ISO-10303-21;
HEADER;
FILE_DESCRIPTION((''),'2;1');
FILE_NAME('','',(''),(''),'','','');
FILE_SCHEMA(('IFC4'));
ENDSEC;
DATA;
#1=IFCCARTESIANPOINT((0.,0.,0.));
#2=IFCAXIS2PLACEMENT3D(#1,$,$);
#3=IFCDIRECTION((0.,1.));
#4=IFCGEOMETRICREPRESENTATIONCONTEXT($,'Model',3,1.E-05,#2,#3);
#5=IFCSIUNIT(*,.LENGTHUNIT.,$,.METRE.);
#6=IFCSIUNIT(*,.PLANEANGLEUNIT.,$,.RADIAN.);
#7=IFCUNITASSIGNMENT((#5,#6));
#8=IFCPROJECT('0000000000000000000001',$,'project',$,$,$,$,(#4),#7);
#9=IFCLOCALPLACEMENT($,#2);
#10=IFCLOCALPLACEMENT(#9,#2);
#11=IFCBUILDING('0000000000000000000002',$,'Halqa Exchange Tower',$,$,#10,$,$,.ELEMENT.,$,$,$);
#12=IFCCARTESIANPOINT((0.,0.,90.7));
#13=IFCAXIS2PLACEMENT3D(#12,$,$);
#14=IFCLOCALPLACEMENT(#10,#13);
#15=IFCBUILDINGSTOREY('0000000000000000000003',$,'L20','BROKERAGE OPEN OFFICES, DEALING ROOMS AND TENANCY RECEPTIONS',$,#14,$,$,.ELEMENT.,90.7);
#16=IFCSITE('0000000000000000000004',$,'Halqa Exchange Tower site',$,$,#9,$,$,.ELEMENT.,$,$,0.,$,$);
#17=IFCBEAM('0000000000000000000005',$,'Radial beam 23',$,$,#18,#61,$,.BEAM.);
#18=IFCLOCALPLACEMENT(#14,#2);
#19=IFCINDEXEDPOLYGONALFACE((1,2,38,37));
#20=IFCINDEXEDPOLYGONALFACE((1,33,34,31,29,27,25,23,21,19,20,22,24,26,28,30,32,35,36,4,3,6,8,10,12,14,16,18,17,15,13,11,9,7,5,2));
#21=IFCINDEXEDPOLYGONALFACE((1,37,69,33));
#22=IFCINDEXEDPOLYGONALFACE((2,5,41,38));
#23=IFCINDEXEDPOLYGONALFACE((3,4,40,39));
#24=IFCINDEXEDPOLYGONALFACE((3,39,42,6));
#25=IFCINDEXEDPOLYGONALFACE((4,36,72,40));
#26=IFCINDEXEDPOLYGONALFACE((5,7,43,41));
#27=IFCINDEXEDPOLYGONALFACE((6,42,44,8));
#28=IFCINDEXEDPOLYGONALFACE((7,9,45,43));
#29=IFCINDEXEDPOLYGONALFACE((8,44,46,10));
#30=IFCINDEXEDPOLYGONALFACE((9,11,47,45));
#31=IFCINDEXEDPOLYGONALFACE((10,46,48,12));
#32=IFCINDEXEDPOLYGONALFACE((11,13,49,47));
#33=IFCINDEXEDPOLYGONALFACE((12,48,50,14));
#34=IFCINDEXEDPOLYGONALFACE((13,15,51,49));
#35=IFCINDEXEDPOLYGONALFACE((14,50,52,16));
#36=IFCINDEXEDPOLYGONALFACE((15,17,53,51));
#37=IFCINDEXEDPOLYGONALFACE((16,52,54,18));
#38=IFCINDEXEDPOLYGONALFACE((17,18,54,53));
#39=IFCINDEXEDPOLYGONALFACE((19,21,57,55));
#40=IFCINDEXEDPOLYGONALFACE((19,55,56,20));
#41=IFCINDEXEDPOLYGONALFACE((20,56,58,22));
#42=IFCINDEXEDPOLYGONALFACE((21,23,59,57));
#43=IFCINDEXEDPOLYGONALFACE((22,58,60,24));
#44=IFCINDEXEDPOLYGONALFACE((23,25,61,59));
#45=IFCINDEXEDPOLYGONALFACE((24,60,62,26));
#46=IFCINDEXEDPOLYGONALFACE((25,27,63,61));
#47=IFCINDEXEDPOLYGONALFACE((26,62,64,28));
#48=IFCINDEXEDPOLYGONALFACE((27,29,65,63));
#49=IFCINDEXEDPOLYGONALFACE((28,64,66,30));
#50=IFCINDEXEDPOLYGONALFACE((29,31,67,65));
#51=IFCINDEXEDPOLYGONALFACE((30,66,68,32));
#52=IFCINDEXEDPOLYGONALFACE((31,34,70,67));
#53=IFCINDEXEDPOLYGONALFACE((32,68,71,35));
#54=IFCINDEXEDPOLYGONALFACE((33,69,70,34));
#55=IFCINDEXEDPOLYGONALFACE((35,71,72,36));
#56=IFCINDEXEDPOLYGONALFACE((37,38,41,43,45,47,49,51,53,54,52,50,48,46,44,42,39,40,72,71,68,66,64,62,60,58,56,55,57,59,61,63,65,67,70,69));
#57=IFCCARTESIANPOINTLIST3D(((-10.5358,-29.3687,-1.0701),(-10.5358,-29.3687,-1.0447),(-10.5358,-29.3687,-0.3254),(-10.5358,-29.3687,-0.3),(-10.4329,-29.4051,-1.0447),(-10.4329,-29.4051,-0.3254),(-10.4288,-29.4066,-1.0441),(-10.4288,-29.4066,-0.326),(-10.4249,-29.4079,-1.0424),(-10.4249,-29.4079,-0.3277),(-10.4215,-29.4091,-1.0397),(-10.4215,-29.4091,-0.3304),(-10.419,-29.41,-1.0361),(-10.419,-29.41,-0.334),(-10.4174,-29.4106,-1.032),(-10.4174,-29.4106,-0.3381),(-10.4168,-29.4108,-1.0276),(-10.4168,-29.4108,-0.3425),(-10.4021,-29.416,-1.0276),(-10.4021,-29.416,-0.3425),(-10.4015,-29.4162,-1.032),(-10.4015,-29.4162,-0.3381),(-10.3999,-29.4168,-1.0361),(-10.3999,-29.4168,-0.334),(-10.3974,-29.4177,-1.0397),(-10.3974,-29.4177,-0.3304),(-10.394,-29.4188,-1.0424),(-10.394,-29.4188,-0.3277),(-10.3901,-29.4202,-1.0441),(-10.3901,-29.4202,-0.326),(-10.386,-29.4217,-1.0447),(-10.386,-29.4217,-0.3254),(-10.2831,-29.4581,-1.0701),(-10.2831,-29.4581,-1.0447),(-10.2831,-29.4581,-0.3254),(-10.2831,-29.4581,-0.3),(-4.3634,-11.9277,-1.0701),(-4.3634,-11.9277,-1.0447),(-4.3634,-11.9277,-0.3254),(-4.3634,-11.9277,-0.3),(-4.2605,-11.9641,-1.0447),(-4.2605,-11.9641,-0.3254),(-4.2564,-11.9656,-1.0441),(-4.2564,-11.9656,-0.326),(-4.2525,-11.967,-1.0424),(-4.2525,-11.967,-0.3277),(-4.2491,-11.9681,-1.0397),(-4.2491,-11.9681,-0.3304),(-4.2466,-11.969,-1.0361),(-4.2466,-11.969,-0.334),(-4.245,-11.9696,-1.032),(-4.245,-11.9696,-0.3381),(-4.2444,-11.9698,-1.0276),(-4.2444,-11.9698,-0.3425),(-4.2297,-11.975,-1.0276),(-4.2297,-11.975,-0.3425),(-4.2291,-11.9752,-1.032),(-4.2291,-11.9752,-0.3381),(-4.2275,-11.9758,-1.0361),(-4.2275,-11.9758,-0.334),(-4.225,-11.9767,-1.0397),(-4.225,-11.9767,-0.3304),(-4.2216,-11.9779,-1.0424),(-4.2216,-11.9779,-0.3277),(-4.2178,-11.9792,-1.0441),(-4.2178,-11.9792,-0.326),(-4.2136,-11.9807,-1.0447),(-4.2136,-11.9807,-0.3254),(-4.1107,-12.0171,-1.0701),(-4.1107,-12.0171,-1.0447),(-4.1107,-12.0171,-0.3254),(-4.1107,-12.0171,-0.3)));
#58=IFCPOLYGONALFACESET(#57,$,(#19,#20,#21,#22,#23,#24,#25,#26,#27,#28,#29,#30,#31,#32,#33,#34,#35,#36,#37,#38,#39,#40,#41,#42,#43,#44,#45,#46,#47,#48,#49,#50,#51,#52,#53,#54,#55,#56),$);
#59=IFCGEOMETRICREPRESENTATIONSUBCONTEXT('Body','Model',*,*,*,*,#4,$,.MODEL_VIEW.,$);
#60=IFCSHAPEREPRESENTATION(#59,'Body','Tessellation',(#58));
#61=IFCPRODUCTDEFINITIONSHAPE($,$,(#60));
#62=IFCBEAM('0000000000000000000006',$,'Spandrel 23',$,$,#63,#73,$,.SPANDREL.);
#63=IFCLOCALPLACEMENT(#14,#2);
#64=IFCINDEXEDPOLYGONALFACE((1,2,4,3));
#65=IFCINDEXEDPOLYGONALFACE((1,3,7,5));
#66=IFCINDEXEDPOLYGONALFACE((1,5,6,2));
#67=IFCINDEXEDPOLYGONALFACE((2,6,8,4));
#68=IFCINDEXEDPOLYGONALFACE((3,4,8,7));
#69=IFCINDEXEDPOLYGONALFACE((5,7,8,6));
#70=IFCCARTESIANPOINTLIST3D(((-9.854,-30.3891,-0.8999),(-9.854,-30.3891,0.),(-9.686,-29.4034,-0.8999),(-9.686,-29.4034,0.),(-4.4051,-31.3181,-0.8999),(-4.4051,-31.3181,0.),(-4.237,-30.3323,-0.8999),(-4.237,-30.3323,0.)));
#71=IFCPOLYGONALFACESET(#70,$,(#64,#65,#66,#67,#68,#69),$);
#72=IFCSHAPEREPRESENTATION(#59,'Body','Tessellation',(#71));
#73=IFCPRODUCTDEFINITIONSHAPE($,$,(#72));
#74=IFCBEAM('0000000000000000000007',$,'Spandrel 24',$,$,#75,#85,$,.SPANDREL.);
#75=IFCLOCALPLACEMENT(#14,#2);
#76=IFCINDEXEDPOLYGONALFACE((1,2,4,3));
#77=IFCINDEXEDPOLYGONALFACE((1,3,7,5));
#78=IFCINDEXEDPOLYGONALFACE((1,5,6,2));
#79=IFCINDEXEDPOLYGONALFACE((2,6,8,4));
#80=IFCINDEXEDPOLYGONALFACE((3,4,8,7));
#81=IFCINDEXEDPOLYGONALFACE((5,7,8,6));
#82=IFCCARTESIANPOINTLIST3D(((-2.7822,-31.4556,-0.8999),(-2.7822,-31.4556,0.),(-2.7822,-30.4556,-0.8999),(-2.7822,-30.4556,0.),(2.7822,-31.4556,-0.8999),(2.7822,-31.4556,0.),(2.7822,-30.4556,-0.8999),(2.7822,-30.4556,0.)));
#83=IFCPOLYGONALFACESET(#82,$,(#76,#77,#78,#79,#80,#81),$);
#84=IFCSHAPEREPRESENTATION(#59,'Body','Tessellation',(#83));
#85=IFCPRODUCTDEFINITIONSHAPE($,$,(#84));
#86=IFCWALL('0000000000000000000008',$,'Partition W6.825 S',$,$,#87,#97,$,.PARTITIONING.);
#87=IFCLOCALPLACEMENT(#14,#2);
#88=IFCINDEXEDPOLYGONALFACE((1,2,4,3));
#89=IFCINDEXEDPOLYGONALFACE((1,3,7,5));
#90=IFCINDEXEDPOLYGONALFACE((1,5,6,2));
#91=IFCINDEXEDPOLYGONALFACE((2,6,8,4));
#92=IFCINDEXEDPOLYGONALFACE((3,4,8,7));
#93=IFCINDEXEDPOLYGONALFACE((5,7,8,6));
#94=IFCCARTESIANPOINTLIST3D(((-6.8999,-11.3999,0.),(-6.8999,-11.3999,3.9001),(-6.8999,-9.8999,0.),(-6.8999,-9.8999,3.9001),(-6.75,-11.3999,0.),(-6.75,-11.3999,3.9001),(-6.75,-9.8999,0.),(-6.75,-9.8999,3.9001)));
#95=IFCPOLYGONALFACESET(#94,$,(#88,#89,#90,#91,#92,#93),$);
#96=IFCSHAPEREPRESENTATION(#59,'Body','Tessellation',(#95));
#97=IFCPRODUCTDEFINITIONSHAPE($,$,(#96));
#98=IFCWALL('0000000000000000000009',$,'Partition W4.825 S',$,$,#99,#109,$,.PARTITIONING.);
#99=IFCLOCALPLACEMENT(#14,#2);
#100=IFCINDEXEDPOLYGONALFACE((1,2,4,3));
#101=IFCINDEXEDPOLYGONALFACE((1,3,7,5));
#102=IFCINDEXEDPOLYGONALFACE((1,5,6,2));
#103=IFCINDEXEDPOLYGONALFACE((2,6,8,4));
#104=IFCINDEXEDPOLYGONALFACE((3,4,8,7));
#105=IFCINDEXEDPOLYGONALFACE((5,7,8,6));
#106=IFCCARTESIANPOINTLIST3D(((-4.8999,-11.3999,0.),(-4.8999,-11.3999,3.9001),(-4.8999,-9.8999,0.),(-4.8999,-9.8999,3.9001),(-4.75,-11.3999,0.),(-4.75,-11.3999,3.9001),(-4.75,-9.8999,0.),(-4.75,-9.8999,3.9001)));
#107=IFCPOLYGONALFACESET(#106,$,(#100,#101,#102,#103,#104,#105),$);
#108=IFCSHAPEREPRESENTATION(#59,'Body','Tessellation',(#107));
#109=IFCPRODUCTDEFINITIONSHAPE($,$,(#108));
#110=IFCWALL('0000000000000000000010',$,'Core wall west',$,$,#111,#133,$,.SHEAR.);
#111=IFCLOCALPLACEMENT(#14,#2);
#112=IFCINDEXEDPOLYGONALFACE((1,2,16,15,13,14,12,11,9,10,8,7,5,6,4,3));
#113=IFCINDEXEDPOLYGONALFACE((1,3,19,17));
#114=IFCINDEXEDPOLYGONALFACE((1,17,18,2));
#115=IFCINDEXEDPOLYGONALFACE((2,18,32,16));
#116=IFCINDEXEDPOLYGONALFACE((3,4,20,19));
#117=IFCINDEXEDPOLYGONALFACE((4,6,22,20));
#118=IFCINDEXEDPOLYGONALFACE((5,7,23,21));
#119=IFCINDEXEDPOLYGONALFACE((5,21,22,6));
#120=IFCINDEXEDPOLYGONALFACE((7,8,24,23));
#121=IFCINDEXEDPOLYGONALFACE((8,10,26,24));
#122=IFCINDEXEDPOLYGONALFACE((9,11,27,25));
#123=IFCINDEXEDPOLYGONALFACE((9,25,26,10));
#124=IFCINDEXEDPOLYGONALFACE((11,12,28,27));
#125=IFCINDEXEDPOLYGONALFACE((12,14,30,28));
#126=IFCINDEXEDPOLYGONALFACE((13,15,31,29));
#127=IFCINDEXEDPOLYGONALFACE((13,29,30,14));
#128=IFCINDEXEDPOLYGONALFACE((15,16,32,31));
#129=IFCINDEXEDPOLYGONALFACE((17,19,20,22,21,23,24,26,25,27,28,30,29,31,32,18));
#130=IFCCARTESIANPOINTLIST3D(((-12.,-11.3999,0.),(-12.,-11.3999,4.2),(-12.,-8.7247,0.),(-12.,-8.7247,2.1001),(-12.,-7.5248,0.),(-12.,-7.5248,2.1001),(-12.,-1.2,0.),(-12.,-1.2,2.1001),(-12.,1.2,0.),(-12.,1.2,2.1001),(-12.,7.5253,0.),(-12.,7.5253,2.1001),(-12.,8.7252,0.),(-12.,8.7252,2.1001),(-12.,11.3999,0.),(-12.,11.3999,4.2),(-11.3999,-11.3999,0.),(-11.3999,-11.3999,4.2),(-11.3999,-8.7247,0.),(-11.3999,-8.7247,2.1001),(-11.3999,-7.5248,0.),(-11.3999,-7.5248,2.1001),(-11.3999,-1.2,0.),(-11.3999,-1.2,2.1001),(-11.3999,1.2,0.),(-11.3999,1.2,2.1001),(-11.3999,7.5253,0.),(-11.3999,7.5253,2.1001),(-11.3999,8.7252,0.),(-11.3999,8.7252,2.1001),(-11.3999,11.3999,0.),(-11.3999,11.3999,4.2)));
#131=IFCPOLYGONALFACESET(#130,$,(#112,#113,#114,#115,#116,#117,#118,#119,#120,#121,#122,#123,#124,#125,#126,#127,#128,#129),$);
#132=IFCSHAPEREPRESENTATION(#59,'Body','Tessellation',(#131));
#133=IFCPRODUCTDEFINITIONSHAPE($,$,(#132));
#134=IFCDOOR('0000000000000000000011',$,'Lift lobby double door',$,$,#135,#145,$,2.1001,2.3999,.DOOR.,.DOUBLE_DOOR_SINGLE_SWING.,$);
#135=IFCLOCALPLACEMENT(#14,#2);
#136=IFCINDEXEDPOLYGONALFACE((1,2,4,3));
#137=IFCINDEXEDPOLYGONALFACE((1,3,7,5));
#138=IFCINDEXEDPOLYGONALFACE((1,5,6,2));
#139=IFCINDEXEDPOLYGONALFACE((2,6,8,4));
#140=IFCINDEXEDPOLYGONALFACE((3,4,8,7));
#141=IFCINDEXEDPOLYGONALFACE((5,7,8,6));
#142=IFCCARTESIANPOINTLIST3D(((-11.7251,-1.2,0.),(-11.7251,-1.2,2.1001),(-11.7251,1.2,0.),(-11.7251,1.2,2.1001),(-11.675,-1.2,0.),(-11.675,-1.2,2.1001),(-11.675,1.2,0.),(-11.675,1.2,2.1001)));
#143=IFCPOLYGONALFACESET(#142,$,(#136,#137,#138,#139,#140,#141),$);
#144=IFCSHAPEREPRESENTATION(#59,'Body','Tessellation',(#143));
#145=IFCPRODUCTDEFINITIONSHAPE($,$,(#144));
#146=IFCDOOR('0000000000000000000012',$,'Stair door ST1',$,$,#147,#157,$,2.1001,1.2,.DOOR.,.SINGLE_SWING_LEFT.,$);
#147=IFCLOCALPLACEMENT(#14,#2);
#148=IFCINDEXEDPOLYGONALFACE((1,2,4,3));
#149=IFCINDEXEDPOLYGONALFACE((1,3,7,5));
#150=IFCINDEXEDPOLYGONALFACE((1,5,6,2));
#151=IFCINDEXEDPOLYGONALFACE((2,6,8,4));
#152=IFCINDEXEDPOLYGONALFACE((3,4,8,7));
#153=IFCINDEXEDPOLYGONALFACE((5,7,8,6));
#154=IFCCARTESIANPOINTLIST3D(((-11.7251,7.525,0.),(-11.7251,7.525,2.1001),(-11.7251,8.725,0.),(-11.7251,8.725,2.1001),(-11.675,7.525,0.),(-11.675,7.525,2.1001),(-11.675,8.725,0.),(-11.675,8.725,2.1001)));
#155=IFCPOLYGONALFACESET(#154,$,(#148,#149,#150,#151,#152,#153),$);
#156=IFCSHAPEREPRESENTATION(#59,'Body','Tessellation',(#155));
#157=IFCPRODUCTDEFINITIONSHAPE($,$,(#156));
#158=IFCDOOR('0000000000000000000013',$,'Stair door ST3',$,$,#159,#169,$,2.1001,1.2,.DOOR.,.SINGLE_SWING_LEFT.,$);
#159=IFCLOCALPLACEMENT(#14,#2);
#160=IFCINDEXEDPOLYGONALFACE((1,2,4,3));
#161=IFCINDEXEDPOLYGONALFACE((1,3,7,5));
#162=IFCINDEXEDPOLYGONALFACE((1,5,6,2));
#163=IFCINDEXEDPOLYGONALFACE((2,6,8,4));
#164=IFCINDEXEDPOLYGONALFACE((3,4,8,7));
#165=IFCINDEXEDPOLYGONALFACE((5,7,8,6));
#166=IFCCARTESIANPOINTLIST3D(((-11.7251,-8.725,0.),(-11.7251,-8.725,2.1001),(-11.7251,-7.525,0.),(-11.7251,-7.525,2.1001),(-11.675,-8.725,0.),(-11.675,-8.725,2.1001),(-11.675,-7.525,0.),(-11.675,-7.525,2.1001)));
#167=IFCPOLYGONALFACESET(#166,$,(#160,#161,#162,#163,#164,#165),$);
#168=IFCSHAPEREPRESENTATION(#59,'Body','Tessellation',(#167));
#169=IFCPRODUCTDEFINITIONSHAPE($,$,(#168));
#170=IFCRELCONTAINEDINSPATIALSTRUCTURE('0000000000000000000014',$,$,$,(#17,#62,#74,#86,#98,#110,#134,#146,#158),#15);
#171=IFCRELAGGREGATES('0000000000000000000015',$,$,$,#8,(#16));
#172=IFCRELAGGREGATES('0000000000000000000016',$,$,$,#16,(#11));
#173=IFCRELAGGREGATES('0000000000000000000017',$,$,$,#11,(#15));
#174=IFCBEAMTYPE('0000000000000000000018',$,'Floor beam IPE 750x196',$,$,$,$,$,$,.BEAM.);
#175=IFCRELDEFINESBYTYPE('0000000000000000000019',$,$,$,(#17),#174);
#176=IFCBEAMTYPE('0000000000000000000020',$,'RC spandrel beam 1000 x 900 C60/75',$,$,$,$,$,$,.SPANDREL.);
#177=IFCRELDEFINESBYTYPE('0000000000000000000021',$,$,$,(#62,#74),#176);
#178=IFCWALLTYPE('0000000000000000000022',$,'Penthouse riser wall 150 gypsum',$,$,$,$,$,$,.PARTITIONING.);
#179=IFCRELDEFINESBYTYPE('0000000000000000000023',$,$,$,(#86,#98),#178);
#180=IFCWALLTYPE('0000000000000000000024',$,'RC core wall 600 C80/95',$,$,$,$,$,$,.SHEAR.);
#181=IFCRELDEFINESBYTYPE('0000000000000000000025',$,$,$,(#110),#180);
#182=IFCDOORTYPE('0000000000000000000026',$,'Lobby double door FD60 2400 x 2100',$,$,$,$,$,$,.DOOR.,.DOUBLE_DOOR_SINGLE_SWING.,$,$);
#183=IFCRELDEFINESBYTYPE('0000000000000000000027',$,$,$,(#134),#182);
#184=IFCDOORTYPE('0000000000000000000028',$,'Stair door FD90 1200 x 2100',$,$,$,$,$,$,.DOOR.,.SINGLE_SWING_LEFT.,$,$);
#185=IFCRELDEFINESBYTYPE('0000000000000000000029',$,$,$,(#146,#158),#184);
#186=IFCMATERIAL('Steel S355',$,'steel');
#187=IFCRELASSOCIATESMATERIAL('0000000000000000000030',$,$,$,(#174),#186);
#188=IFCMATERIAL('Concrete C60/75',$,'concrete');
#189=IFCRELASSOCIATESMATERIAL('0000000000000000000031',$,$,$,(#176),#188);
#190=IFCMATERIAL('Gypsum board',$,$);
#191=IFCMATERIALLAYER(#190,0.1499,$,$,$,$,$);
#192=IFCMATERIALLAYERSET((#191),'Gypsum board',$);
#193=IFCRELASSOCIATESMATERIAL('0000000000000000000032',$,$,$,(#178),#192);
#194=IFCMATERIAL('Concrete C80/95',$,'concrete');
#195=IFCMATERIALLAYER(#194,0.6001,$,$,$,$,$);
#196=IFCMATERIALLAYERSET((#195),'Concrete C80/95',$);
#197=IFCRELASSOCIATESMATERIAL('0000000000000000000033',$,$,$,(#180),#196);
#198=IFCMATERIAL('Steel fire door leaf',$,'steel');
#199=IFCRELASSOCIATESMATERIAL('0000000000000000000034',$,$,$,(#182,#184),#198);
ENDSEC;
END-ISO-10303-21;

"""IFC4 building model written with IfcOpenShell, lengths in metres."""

from ifc_helpers import new_model, si_unit, direction, frame, frame_2d, origin, origin_2d, place, context, subcontext, project, spatial, rectangle, i_section, extrude, material, layer, layer_set, material_profile, profile_set, type_object, element, fill, save


model = new_model("IFC4")

# Units and contexts
model_context = context("Model", 3, precision=1e-05, world=origin(), true_north=direction((0.0, 1.0)))
body_context = subcontext(model_context, "Body", "Model", "MODEL_VIEW")
ifc_project = project(units=[si_unit("LENGTHUNIT", "METRE"), si_unit("PLANEANGLEUNIT", "RADIAN")], contexts=[model_context])

# Site, building, storey
site_placement = place(None, origin())
site = spatial("IfcSite", under=ifc_project, at=site_placement, Name="Halqa Exchange Tower site", CompositionType="ELEMENT", RefElevation=0.0)
building_placement = place(site_placement, origin())
building = spatial("IfcBuilding", under=site, at=building_placement, Name="Halqa Exchange Tower", CompositionType="ELEMENT")
storey_placement = place(building_placement, frame((0.0, 0.0, 90.7)))
storey = spatial("IfcBuildingStorey", under=building, at=storey_placement, Name="L20", Description="BROKERAGE OPEN OFFICES, DEALING ROOMS AND TENANCY RECEPTIONS", CompositionType="ELEMENT", Elevation=90.7)

# Beams
ifc_material_1 = material(Name="Steel S355", Category="steel")
ifc_material_profile_1 = material_profile(ifc_material_1, i_section(OverallWidth=0.2681, OverallDepth=0.77, WebThickness=0.0156, FlangeThickness=0.0254, FilletRadius=0.0171, at=origin_2d()), Name="IPE 750x196")
ifc_profile_set_1 = profile_set([ifc_material_profile_1], Name="Steel S355")
beam_type_1 = type_object("IfcBeamType", Name="Floor beam IPE 750x196", PredefinedType="BEAM", material=ifc_profile_set_1)
beam_1_placement = place(storey_placement, frame((-4.2371, -11.9724, -0.6851), z_axis=(-0.333625, -0.942706, 0.0), x_axis=(0.942706, -0.333625, 0.0)))
element("IfcBeam", 1, at=beam_1_placement, inside=storey, type_object=beam_type_1, Name="Radial beam 23", PredefinedType="BEAM", context=body_context, shape_type="SweptSolid", body=[
    extrude(i_section(OverallWidth=0.2681, OverallDepth=0.77, WebThickness=0.0156, FlangeThickness=0.0254, FilletRadius=0.0171, at=origin_2d()), origin(), (0.0, 0.0, 1.0), 18.501),
])
ifc_material_2 = material(Name="Concrete C60/75", Category="concrete")
ifc_material_profile_2 = material_profile(ifc_material_2, rectangle(XDim=1.0, YDim=0.8999, at=origin_2d()), Name="1000 x 900")
ifc_profile_set_2 = profile_set([ifc_material_profile_2], Name="Concrete C60/75")
beam_type_2 = type_object("IfcBeamType", Name="RC spandrel beam 1000 x 900 C60/75", PredefinedType="SPANDREL", material=ifc_profile_set_2)
beam_2_placement = place(storey_placement, frame((-9.77, -29.8962, -0.45), z_axis=(0.985777, -0.168058, 0.0), x_axis=(0.168058, 0.985777, 0.0)))
element("IfcBeam", 2, at=beam_2_placement, inside=storey, type_object=beam_type_2, Name="Spandrel 23", PredefinedType="SPANDREL", context=body_context, shape_type="SweptSolid", body=[
    extrude(rectangle(XDim=1.0, YDim=0.8999, at=origin_2d()), origin(), (0.0, 0.0, 1.0), 5.5276),
])
beam_3_placement = place(storey_placement, frame((-2.7822, -30.9556, -0.45), z_axis=(1.0, 0.0, 0.0), x_axis=(0.0, 1.0, 0.0)))
element("IfcBeam", 3, at=beam_3_placement, inside=storey, type_object=beam_type_2, Name="Spandrel 24", PredefinedType="SPANDREL", context=body_context, shape_type="SweptSolid", body=[
    extrude(rectangle(XDim=1.0, YDim=0.8999, at=origin_2d()), origin(), (0.0, 0.0, 1.0), 5.5645),
])

# Walls
ifc_material_3 = material(Name="Gypsum board")
ifc_layer_1 = layer(ifc_material_3, 0.1499)
ifc_layer_set_1 = layer_set([ifc_layer_1], Name="Gypsum board")
wall_type_1 = type_object("IfcWallType", Name="Penthouse riser wall 150 gypsum", PredefinedType="PARTITIONING", material=ifc_layer_set_1)
for number, where, z_axis, x_axis, name in (
    (4, (-6.825, -11.3999, 0.0), (0.0, 0.0, 1.0), (0.0, 1.0, 0.0), "Partition W6.825 S"),
    (5, (-4.825, -11.3999, 0.0), (0.0, 0.0, 1.0), (0.0, 1.0, 0.0), "Partition W4.825 S"),
):
    element("IfcWall", number, at=place(storey_placement, frame(where, z_axis=z_axis, x_axis=x_axis)), inside=storey, type_object=wall_type_1, Name=name, PredefinedType="PARTITIONING", context=body_context, shape_type="SweptSolid", body=[
        extrude(rectangle(XDim=1.5, YDim=0.1499, at=frame_2d((0.75, 0.0))), origin(), (0.0, 0.0, 1.0), 3.9001),
    ])

# Wall, openings, doors
ifc_material_4 = material(Name="Concrete C80/95", Category="concrete")
ifc_layer_2 = layer(ifc_material_4, 0.6001)
ifc_layer_set_2 = layer_set([ifc_layer_2], Name="Concrete C80/95")
wall_type_2 = type_object("IfcWallType", Name="RC core wall 600 C80/95", PredefinedType="SHEAR", material=ifc_layer_set_2)
wall_1_placement = place(storey_placement, frame((-11.7, -11.3999, 0.0), z_axis=(0.0, 0.0, 1.0), x_axis=(0.0, 1.0, 0.0)))
wall_1 = element("IfcWall", 6, at=wall_1_placement, inside=storey, type_object=wall_type_2, Name="Core wall west", PredefinedType="SHEAR", context=body_context, shape_type="SweptSolid", body=[
    extrude(rectangle(XDim=22.7998, YDim=0.6001, at=frame_2d((11.3999, 0.0))), origin(), (0.0, 0.0, 1.0), 4.2),
])
opening_1_placement = place(wall_1_placement, frame((10.2, 0.0, 0.0)))
opening_1 = element("IfcOpeningElement", 7, at=opening_1_placement, cuts=wall_1, PredefinedType="OPENING", context=body_context, shape_type="SweptSolid", body=[
    extrude(rectangle(XDim=2.3999, YDim=2.1001, at=frame_2d((1.2, 1.05))), frame((0.0, 0.312, 0.0), z_axis=(0.0, -1.0, 0.0), x_axis=(1.0, 0.0, 0.0)), (0.0, 0.0, 1.0), 0.624),
])
opening_2_placement = place(wall_1_placement, frame((18.925, 0.0, 0.0)))
opening_2 = element("IfcOpeningElement", 8, at=opening_2_placement, cuts=wall_1, PredefinedType="OPENING", context=body_context, shape_type="SweptSolid", body=[
    extrude(rectangle(XDim=1.2, YDim=2.1001, at=frame_2d((0.6001, 1.05))), frame((0.0, 0.312, 0.0), z_axis=(0.0, -1.0, 0.0), x_axis=(1.0, 0.0, 0.0)), (0.0, 0.0, 1.0), 0.624),
])
opening_3_placement = place(wall_1_placement, frame((2.675, 0.0, 0.0)))
opening_3 = element("IfcOpeningElement", 9, at=opening_3_placement, cuts=wall_1, PredefinedType="OPENING", context=body_context, shape_type="SweptSolid", body=[
    extrude(rectangle(XDim=1.2, YDim=2.1001, at=frame_2d((0.6001, 1.05))), frame((0.0, 0.312, 0.0), z_axis=(0.0, -1.0, 0.0), x_axis=(1.0, 0.0, 0.0)), (0.0, 0.0, 1.0), 0.624),
])
ifc_material_5 = material(Name="Steel fire door leaf", Category="steel")
door_type_1 = type_object("IfcDoorType", Name="Lobby double door FD60 2400 x 2100", OperationType="DOUBLE_DOOR_SINGLE_SWING", PredefinedType="DOOR", material=ifc_material_5)
door_1_placement = place(opening_1_placement, frame((2.3999, 0.0, 0.0), z_axis=(0.0, 0.0, 1.0), x_axis=(-1.0, 0.0, 0.0)))
door_1 = element("IfcDoor", 10, at=door_1_placement, inside=storey, type_object=door_type_1, Name="Lift lobby double door", OperationType="DOUBLE_DOOR_SINGLE_SWING", OverallHeight=2.1001, OverallWidth=2.3999, PredefinedType="DOOR", context=body_context, shape_type="SweptSolid", body=[
    extrude(rectangle(XDim=2.3999, YDim=2.1001, at=frame_2d((1.2, 1.05))), frame((0.0, 0.0249, 0.0), z_axis=(0.0, -1.0, 0.0), x_axis=(1.0, 0.0, 0.0)), (0.0, 0.0, 1.0), 0.05),
])
fill(opening_1, door_1)
door_type_2 = type_object("IfcDoorType", Name="Stair door FD90 1200 x 2100", OperationType="SINGLE_SWING_LEFT", PredefinedType="DOOR", material=ifc_material_5)
door_2_placement = place(opening_2_placement, frame((1.2, 0.0, 0.0), z_axis=(0.0, 0.0, 1.0), x_axis=(-1.0, 0.0, 0.0)))
door_2 = element("IfcDoor", 11, at=door_2_placement, inside=storey, type_object=door_type_2, Name="Stair door ST1", OperationType="SINGLE_SWING_LEFT", OverallHeight=2.1001, OverallWidth=1.2, PredefinedType="DOOR", context=body_context, shape_type="SweptSolid", body=[
    extrude(rectangle(XDim=1.2, YDim=2.1001, at=frame_2d((0.6001, 1.05))), frame((0.0, 0.0249, 0.0), z_axis=(0.0, -1.0, 0.0), x_axis=(1.0, 0.0, 0.0)), (0.0, 0.0, 1.0), 0.05),
])
fill(opening_2, door_2)
door_3_placement = place(opening_3_placement, frame((1.2, 0.0, 0.0), z_axis=(0.0, 0.0, 1.0), x_axis=(-1.0, 0.0, 0.0)))
door_3 = element("IfcDoor", 12, at=door_3_placement, inside=storey, type_object=door_type_2, Name="Stair door ST3", OperationType="SINGLE_SWING_LEFT", OverallHeight=2.1001, OverallWidth=1.2, PredefinedType="DOOR", context=body_context, shape_type="SweptSolid", body=[
    extrude(rectangle(XDim=1.2, YDim=2.1001, at=frame_2d((0.6001, 1.05))), frame((0.0, 0.0249, 0.0), z_axis=(0.0, -1.0, 0.0), x_axis=(1.0, 0.0, 0.0)), (0.0, 0.0, 1.0), 0.05),
])
fill(opening_3, door_3)

save(model, "model.ifc")
